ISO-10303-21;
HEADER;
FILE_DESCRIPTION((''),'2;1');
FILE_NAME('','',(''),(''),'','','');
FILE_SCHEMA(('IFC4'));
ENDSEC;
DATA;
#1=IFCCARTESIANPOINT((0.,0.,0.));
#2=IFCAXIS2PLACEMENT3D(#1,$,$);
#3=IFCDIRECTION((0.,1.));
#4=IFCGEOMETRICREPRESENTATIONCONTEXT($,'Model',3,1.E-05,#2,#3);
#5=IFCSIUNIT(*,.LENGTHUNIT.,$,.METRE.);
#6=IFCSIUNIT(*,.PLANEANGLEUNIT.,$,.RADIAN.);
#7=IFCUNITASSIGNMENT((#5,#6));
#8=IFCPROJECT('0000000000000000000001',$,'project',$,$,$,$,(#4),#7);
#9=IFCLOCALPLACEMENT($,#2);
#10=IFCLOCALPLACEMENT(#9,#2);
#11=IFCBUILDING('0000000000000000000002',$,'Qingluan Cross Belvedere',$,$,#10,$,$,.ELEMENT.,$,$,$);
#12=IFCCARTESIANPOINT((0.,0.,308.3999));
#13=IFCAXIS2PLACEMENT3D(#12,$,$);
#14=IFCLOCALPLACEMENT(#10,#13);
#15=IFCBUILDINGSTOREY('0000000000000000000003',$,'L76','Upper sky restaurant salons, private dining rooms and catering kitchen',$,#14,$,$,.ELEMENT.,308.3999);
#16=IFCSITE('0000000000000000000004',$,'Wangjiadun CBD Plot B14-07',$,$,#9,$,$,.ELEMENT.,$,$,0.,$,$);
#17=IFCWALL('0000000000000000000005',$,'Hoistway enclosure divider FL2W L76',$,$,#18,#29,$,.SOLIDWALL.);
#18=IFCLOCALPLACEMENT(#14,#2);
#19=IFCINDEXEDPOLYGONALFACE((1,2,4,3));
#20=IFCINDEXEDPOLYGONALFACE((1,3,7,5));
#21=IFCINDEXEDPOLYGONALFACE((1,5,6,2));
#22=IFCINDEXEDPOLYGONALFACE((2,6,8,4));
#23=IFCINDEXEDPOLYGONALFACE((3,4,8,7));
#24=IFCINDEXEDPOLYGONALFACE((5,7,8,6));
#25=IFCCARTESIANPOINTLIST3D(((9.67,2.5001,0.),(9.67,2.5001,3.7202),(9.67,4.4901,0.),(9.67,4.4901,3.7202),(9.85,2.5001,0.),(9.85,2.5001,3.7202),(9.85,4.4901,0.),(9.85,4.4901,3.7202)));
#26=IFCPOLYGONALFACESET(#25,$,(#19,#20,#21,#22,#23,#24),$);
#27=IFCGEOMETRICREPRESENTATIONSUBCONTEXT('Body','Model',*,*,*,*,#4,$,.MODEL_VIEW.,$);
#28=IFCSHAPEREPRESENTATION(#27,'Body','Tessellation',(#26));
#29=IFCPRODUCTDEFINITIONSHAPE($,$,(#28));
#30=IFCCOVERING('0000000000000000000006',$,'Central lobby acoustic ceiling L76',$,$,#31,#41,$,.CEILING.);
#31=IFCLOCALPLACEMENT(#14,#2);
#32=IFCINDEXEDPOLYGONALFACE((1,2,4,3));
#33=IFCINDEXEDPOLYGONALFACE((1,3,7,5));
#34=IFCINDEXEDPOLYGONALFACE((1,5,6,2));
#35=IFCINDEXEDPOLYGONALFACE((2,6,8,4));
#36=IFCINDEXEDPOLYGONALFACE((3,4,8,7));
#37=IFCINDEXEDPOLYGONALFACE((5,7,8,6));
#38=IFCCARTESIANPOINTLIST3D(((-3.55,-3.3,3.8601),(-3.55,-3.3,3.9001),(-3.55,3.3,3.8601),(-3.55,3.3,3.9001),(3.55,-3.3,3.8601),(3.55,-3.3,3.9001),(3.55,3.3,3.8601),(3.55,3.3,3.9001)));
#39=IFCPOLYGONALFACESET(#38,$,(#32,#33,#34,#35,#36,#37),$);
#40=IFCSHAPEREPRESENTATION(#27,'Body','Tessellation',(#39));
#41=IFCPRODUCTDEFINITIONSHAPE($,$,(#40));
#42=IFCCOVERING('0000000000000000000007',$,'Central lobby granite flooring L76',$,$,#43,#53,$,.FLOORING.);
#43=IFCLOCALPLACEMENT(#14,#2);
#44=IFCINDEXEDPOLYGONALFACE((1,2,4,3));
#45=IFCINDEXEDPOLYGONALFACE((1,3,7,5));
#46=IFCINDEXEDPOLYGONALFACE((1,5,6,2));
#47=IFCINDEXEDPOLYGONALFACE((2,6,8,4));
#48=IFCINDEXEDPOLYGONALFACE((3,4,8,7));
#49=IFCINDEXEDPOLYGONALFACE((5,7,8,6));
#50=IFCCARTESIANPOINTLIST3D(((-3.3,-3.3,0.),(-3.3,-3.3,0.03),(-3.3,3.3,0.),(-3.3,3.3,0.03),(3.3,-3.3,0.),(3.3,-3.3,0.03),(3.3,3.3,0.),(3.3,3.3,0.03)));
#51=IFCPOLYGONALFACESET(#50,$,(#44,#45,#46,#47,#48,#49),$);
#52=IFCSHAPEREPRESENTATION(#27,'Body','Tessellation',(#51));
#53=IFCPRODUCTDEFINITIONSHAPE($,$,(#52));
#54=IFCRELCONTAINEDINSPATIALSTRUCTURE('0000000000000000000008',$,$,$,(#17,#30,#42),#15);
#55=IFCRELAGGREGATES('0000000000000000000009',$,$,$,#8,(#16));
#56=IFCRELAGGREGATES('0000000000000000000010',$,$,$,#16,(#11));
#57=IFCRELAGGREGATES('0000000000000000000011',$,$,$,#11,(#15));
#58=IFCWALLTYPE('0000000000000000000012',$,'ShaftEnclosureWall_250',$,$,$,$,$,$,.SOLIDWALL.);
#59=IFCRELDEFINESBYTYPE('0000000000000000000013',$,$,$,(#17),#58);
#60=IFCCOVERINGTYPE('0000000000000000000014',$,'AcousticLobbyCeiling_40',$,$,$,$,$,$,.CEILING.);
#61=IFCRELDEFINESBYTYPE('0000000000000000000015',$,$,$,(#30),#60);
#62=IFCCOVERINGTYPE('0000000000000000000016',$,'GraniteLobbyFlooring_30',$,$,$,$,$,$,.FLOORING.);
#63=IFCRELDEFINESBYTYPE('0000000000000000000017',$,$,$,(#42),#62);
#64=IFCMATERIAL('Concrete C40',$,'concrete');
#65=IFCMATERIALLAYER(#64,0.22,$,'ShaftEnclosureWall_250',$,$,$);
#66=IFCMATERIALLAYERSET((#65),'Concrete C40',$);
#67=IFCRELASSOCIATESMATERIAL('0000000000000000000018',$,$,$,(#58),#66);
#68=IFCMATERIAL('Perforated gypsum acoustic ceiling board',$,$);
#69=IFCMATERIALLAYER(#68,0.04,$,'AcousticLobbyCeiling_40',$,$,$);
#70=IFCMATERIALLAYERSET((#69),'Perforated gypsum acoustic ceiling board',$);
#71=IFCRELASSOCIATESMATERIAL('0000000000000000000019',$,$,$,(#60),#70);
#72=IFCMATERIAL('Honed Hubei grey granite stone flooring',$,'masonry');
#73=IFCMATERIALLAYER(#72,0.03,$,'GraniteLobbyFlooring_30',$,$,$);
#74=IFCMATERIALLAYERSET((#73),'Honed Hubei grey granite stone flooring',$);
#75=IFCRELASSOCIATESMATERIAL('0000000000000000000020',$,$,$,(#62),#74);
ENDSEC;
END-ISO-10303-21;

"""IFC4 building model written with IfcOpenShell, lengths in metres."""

from ifc_helpers import new_model, si_unit, direction, frame, frame_2d, origin, origin_with_axes, origin_2d, place, context, subcontext, project, spatial, rectangle, extrude, material, layer, layer_set, type_object, element, save


model = new_model("IFC4")

# Units and contexts
model_context = context("Model", 3, precision=1e-05, world=origin(), true_north=direction((0.0, 1.0)))
body_context = subcontext(model_context, "Body", "Model", "MODEL_VIEW")
ifc_project = project(units=[si_unit("LENGTHUNIT", "METRE"), si_unit("PLANEANGLEUNIT", "RADIAN")], contexts=[model_context])

# Site, building, storey
site_placement = place(None, origin())
site = spatial("IfcSite", under=ifc_project, at=site_placement, Name="Wangjiadun CBD Plot B14-07", CompositionType="ELEMENT", RefElevation=0.0)
building_placement = place(site_placement, origin())
building = spatial("IfcBuilding", under=site, at=building_placement, Name="Qingluan Cross Belvedere", CompositionType="ELEMENT")
storey_placement = place(building_placement, frame((0.0, 0.0, 308.3999)))
storey = spatial("IfcBuildingStorey", under=building, at=storey_placement, Name="L76", Description="Upper sky restaurant salons, private dining rooms and catering kitchen", CompositionType="ELEMENT", Elevation=308.3999)

# Shared definitions
ifc_material_1 = material(Name="Concrete C40", Category="concrete")
ifc_layer_1 = layer(ifc_material_1, 0.22, Name="ShaftEnclosureWall_250")
ifc_layer_set_1 = layer_set([ifc_layer_1], Name="Concrete C40")
wall_type_1 = type_object("IfcWallType", Name="ShaftEnclosureWall_250", PredefinedType="SOLIDWALL", material=ifc_layer_set_1)

# Wall
wall_1_placement = place(storey_placement, frame((9.76, 2.5, 0.0), z_axis=(0.0, 0.0, 1.0), x_axis=(0.0, 1.0, 0.0)))
element("IfcWall", 1, at=wall_1_placement, inside=storey, type_object=wall_type_1, Name="Hoistway enclosure divider FL2W L76", PredefinedType="SOLIDWALL", context=body_context, shape_type="SweptSolid", body=[
    extrude(rectangle(XDim=1.99, YDim=0.1799, at=frame_2d((0.9951, 0.0))), origin(), (0.0, 0.0, 1.0), 3.7202),
])

# Coverings
ifc_material_2 = material(Name="Perforated gypsum acoustic ceiling board")
ifc_layer_2 = layer(ifc_material_2, 0.04, Name="AcousticLobbyCeiling_40")
ifc_layer_set_2 = layer_set([ifc_layer_2], Name="Perforated gypsum acoustic ceiling board")
covering_type_1 = type_object("IfcCoveringType", Name="AcousticLobbyCeiling_40", PredefinedType="CEILING", material=ifc_layer_set_2)
covering_1_placement = place(storey_placement, frame((0.0, 0.0, 3.8601), z_axis=(0.0, 0.0, 1.0), x_axis=(1.0, 0.0, 0.0)))
element("IfcCovering", 2, at=covering_1_placement, inside=storey, type_object=covering_type_1, Name="Central lobby acoustic ceiling L76", PredefinedType="CEILING", context=body_context, shape_type="SweptSolid", body=[
    extrude(rectangle(XDim=7.1001, YDim=6.6001, at=origin_2d()), origin(), (0.0, 0.0, 1.0), 0.04),
])
ifc_material_3 = material(Name="Honed Hubei grey granite stone flooring", Category="masonry")
ifc_layer_3 = layer(ifc_material_3, 0.03, Name="GraniteLobbyFlooring_30")
ifc_layer_set_3 = layer_set([ifc_layer_3], Name="Honed Hubei grey granite stone flooring")
covering_type_2 = type_object("IfcCoveringType", Name="GraniteLobbyFlooring_30", PredefinedType="FLOORING", material=ifc_layer_set_3)
covering_2_placement = place(storey_placement, origin_with_axes())
element("IfcCovering", 3, at=covering_2_placement, inside=storey, type_object=covering_type_2, Name="Central lobby granite flooring L76", PredefinedType="FLOORING", context=body_context, shape_type="SweptSolid", body=[
    extrude(rectangle(XDim=6.6001, YDim=6.6001, at=origin_2d()), origin(), (0.0, 0.0, 1.0), 0.03),
])

save(model, "model.ifc")
